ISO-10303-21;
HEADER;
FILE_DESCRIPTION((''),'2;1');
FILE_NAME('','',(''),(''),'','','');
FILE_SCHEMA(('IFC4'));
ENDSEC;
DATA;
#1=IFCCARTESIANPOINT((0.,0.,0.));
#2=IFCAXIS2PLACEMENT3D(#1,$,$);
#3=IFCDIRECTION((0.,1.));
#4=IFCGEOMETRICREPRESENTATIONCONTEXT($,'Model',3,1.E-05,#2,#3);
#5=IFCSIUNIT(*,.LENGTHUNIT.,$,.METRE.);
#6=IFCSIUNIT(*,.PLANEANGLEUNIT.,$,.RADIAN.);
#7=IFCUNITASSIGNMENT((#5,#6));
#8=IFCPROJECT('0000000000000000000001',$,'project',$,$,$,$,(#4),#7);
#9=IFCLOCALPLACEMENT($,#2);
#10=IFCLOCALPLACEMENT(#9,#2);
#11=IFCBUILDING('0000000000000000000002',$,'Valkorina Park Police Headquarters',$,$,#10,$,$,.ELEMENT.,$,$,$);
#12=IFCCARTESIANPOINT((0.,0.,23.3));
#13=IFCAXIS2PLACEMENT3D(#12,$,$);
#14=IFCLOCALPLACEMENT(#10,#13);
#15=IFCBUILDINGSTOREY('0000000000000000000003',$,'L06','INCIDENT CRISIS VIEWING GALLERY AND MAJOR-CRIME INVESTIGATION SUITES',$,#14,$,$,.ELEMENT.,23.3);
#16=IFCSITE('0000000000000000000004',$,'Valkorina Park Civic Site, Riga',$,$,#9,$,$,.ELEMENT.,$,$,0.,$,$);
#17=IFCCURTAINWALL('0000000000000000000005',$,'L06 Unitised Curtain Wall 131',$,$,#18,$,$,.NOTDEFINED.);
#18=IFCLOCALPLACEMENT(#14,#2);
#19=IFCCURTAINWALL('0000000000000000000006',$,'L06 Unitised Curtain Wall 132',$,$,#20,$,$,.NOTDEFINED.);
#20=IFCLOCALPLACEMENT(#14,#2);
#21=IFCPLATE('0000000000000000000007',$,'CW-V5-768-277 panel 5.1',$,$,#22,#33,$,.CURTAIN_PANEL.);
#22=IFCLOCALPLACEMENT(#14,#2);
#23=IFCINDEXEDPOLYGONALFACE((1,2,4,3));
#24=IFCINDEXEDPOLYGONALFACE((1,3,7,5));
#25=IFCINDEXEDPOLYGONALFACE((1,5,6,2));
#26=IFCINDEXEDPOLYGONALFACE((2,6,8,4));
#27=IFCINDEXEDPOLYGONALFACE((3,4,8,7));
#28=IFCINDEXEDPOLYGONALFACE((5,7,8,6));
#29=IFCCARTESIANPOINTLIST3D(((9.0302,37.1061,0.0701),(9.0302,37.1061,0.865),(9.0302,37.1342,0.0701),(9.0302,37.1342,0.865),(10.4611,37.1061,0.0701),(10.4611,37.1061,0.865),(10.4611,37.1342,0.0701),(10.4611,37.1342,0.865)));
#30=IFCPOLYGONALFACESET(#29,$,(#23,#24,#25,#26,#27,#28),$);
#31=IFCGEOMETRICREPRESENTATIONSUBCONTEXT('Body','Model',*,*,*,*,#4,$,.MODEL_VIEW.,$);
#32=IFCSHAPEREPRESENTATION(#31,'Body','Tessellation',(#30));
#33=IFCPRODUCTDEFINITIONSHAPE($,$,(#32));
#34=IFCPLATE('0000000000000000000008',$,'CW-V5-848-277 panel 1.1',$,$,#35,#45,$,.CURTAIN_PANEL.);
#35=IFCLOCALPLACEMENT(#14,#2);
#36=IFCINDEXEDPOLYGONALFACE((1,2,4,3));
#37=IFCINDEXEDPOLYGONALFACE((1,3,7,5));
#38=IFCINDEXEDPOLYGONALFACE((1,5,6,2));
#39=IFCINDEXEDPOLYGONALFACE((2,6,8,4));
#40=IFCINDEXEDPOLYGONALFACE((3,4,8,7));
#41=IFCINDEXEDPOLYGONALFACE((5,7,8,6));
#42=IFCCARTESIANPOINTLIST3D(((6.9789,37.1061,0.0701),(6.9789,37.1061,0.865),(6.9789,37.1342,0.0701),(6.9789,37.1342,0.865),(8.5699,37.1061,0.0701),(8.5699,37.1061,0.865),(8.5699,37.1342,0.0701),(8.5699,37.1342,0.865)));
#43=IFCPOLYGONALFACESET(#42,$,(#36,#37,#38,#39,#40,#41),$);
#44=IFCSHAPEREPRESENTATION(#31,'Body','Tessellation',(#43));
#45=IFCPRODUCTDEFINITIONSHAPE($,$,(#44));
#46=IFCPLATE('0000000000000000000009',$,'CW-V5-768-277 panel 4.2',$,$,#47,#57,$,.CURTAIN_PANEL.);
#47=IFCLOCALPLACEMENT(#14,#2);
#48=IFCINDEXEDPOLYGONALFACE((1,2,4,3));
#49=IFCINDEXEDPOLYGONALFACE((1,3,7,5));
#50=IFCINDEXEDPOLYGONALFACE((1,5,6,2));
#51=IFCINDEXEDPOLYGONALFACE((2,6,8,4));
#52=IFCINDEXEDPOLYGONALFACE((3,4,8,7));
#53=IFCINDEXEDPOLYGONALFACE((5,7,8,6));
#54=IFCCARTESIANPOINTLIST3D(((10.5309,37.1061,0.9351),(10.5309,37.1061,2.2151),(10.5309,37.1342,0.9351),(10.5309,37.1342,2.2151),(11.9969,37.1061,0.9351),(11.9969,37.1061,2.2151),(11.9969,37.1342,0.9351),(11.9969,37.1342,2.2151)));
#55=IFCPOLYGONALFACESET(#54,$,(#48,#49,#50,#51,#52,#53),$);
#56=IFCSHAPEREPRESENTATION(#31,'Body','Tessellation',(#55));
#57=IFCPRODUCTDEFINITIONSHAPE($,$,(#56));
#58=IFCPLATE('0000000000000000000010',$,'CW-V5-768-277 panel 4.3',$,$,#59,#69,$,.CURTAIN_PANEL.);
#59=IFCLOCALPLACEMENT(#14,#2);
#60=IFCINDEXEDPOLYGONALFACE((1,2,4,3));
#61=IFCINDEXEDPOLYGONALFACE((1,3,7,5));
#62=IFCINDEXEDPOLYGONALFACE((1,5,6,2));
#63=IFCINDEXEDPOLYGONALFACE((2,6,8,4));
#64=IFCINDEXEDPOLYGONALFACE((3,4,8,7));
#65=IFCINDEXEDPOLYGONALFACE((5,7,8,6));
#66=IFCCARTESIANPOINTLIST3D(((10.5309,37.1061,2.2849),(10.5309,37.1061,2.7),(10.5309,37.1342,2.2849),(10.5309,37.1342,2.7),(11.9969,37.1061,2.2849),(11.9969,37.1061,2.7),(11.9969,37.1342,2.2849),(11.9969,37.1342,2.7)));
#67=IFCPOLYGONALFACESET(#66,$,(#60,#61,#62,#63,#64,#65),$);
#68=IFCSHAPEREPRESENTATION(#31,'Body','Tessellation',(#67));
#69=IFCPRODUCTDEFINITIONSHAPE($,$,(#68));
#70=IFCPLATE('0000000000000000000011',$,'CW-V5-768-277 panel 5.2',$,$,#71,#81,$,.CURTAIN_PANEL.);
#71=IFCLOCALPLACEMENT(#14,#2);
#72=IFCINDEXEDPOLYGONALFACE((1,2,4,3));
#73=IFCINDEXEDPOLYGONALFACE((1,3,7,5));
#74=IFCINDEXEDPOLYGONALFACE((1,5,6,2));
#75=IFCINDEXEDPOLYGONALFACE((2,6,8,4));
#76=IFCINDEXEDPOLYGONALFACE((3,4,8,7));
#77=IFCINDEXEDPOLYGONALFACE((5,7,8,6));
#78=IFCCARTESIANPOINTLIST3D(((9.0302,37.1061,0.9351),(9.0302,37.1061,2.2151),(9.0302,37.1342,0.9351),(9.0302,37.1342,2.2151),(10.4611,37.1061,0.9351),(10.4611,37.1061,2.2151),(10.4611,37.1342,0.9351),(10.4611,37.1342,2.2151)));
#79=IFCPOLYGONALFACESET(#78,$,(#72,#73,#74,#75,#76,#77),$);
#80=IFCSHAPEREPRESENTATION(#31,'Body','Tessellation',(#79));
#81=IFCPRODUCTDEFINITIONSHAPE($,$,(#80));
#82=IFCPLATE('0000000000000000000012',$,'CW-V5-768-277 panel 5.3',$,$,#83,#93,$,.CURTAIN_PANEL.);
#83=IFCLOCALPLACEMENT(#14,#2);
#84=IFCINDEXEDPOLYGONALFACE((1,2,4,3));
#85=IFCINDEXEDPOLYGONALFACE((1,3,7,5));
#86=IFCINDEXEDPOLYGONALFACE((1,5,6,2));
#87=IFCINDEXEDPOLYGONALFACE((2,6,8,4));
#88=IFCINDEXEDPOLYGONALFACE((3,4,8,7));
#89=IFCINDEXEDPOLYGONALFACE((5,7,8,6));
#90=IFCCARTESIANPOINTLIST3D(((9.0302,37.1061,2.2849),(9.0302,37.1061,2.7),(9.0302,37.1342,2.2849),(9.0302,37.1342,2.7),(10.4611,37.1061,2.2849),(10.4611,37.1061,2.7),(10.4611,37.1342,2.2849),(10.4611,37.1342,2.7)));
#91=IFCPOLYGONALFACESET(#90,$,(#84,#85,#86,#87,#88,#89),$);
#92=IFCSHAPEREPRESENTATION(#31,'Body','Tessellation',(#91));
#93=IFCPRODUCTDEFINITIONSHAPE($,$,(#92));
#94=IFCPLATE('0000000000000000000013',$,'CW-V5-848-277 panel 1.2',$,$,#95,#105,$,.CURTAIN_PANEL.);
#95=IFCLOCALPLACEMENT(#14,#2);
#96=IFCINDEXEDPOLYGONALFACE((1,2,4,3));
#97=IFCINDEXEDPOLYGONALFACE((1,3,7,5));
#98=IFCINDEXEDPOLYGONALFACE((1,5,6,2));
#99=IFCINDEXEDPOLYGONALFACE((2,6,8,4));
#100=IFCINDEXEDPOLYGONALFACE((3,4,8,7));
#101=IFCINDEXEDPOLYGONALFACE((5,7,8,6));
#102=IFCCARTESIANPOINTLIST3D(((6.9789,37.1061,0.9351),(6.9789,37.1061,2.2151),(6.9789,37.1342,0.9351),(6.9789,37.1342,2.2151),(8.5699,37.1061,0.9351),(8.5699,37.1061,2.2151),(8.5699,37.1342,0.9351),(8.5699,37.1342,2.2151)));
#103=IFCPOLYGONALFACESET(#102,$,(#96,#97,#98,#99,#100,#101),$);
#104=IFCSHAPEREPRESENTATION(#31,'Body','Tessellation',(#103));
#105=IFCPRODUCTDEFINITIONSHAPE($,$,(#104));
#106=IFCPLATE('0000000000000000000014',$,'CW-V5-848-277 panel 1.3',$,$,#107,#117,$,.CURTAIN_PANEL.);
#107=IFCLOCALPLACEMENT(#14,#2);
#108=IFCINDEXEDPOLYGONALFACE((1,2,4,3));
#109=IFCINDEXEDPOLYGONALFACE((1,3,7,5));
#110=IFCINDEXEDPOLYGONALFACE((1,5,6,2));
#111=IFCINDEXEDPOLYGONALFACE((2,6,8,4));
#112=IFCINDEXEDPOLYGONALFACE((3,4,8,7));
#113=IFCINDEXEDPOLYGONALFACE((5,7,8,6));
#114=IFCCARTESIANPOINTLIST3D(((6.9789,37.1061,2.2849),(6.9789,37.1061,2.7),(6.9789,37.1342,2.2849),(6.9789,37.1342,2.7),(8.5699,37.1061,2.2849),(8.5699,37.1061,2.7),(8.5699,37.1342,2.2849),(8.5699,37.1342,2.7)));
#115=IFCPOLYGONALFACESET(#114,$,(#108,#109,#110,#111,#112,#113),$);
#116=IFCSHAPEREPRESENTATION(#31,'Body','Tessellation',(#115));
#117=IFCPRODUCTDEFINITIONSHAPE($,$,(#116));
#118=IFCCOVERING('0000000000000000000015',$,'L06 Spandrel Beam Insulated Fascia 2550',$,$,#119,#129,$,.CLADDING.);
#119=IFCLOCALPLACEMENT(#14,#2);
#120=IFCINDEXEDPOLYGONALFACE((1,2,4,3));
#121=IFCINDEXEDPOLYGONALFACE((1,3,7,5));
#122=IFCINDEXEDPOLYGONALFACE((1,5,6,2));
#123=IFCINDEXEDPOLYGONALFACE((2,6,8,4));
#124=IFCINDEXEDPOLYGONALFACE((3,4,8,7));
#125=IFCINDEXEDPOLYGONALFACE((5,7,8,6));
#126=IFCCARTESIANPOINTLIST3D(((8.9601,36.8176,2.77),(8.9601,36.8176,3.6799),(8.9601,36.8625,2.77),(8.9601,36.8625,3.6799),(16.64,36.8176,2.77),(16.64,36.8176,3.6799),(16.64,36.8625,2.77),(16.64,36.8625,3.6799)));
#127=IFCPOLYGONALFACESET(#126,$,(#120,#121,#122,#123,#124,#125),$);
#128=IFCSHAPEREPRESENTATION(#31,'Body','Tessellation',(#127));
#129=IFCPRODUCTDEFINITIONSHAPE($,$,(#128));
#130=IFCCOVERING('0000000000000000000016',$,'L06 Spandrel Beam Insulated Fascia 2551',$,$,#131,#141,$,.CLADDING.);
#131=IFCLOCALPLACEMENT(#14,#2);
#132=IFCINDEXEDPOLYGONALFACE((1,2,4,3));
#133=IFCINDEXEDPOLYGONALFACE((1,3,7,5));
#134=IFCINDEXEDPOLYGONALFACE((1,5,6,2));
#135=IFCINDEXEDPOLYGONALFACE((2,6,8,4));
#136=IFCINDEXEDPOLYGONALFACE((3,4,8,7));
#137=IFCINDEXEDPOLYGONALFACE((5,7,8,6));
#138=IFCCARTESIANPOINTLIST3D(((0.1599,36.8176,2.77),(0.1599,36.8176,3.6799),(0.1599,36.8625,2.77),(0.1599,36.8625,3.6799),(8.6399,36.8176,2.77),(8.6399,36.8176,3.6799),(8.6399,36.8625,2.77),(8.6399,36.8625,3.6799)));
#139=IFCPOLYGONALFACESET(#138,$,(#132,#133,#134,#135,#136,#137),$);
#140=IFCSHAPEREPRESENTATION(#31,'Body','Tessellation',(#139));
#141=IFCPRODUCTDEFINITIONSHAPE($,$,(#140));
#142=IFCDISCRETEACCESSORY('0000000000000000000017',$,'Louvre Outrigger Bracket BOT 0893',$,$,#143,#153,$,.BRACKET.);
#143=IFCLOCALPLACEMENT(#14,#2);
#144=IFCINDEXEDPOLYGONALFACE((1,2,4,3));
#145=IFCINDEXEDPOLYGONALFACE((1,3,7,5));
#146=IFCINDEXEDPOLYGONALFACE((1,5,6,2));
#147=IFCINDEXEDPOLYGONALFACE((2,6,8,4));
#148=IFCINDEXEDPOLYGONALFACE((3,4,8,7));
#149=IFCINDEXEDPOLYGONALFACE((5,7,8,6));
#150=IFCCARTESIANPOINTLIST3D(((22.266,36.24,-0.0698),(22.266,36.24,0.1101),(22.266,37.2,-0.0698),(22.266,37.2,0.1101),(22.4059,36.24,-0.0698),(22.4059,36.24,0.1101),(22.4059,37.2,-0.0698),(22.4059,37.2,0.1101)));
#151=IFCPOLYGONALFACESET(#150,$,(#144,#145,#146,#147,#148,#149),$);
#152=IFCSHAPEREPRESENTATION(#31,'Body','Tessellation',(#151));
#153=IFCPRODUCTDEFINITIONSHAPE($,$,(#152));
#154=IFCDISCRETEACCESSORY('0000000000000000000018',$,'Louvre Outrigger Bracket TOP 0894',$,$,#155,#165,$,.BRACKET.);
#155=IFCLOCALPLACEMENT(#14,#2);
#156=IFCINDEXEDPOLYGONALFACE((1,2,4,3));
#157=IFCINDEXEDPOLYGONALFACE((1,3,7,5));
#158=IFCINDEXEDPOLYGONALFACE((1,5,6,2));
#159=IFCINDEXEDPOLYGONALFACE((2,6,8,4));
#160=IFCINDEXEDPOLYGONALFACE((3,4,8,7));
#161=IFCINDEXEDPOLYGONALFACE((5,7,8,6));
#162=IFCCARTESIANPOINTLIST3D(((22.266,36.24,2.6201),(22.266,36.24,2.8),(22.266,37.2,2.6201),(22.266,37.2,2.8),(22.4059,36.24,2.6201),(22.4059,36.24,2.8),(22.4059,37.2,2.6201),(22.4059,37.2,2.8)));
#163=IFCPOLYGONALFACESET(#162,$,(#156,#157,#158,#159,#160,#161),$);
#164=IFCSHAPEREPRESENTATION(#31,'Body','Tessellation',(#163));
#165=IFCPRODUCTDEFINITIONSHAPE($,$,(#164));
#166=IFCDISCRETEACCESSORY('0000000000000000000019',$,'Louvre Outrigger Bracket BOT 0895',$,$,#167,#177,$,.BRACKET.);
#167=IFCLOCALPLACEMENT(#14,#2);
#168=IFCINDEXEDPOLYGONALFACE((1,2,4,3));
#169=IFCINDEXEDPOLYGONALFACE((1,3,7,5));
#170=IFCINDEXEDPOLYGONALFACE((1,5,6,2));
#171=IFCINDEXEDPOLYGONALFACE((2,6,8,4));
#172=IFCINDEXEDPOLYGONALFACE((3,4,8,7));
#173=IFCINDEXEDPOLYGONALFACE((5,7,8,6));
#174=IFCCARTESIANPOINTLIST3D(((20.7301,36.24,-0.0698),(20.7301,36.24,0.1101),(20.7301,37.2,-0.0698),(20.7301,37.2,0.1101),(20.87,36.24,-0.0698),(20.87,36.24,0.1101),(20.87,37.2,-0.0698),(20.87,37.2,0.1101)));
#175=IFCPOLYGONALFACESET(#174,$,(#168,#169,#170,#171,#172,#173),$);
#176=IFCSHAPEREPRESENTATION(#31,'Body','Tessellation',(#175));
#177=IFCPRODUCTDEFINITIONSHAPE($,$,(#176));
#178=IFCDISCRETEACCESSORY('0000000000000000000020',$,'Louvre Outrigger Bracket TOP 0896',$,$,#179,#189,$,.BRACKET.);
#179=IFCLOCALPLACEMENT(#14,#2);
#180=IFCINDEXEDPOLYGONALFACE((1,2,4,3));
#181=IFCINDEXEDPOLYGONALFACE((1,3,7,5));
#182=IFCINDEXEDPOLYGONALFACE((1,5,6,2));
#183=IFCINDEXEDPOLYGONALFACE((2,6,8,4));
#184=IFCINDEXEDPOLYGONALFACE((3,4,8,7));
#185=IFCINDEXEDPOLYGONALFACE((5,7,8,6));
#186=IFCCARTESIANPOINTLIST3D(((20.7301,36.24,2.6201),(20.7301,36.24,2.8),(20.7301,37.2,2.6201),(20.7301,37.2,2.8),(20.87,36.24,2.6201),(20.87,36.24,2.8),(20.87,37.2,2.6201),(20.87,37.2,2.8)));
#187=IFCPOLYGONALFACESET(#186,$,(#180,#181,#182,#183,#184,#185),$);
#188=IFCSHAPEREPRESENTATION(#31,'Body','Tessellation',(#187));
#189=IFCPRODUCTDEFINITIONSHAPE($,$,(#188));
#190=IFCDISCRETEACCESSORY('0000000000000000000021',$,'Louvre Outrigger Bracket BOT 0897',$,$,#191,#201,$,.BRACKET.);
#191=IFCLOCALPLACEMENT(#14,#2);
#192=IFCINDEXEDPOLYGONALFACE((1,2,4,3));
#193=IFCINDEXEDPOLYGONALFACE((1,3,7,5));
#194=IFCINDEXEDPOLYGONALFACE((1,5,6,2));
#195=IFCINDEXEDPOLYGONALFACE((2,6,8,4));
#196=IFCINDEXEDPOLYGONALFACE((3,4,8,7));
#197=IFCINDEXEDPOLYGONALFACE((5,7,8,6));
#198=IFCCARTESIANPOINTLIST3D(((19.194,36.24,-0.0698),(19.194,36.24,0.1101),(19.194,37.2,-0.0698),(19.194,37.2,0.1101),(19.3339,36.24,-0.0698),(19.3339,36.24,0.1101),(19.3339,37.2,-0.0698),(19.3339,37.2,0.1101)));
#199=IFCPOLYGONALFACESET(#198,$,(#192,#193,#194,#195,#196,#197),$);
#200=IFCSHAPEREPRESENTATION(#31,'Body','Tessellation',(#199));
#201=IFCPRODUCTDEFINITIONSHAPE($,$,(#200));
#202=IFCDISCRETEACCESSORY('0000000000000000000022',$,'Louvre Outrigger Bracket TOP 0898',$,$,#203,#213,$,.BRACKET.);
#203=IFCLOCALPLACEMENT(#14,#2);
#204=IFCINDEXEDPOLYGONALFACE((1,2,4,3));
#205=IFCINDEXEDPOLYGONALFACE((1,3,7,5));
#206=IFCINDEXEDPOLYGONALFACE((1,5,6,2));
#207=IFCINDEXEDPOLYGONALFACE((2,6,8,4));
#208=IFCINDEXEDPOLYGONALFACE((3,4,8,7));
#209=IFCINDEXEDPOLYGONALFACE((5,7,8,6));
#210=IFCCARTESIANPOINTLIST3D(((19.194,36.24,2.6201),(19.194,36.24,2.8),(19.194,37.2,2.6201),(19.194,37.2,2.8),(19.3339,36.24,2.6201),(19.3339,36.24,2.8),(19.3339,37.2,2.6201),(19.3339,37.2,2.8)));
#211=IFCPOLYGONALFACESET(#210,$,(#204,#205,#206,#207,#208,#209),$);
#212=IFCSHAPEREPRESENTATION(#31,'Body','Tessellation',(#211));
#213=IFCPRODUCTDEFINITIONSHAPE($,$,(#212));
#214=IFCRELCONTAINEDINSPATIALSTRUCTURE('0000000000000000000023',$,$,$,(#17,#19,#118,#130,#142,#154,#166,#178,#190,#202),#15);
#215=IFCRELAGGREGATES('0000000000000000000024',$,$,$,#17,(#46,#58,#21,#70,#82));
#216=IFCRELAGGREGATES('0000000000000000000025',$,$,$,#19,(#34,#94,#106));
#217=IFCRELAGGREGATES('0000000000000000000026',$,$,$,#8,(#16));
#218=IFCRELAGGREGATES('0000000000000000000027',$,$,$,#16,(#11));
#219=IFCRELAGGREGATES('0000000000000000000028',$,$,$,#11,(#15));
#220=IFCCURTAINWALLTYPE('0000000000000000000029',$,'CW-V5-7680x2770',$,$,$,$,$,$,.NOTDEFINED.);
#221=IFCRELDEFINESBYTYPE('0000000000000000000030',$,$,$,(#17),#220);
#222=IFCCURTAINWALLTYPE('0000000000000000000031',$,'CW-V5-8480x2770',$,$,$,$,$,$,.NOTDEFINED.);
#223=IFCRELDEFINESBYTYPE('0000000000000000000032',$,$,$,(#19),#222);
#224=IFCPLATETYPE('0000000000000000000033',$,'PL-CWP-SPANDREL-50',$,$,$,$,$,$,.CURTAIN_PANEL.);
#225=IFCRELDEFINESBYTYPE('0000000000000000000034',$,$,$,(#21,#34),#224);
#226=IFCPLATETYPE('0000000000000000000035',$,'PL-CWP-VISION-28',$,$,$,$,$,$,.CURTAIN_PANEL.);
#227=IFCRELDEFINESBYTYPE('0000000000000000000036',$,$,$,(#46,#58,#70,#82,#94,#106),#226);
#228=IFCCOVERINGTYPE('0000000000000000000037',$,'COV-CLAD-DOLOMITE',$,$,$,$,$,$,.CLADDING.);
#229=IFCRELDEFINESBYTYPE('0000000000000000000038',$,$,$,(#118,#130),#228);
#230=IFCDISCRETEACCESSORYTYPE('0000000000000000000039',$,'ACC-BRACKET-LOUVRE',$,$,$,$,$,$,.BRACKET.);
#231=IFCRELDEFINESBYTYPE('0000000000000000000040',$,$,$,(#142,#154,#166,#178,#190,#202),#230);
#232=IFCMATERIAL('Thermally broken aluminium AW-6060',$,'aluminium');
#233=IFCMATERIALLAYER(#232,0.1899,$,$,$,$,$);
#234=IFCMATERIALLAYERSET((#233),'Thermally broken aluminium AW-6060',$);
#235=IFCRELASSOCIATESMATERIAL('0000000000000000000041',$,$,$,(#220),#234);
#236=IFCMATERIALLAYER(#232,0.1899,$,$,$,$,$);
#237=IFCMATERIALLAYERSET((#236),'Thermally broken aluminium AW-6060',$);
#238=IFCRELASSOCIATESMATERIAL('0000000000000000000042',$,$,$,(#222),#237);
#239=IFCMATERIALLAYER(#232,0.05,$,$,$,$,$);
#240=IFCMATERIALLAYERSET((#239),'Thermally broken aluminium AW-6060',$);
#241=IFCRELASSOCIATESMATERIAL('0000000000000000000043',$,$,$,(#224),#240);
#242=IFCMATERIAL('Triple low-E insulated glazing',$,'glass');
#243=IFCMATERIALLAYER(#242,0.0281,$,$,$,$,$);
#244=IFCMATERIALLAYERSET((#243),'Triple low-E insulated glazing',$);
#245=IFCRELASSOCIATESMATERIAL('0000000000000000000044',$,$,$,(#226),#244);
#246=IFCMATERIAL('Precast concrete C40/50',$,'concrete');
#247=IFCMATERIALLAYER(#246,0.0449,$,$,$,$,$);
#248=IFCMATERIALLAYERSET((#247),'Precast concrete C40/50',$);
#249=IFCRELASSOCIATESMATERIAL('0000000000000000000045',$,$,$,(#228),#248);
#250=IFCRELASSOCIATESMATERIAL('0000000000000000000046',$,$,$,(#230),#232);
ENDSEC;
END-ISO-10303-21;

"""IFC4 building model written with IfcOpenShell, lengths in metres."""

from ifc_helpers import new_model, si_unit, direction, frame, frame_2d, origin, origin_2d, place, context, subcontext, project, spatial, rectangle, extrude, material, layer, layer_set, type_object, element, aggregate, save


model = new_model("IFC4")

# Units and contexts
model_context = context("Model", 3, precision=1e-05, world=origin(), true_north=direction((0.0, 1.0)))
body_context = subcontext(model_context, "Body", "Model", "MODEL_VIEW")
ifc_project = project(units=[si_unit("LENGTHUNIT", "METRE"), si_unit("PLANEANGLEUNIT", "RADIAN")], contexts=[model_context])

# Site, building, storey
site_placement = place(None, origin())
site = spatial("IfcSite", under=ifc_project, at=site_placement, Name="Valkorina Park Civic Site, Riga", CompositionType="ELEMENT", RefElevation=0.0)
building_placement = place(site_placement, origin())
building = spatial("IfcBuilding", under=site, at=building_placement, Name="Valkorina Park Police Headquarters", CompositionType="ELEMENT")
storey_placement = place(building_placement, frame((0.0, 0.0, 23.3)))
storey = spatial("IfcBuildingStorey", under=building, at=storey_placement, Name="L06", Description="INCIDENT CRISIS VIEWING GALLERY AND MAJOR-CRIME INVESTIGATION SUITES", CompositionType="ELEMENT", Elevation=23.3)

# Curtain wall
ifc_material_1 = material(Name="Thermally broken aluminium AW-6060", Category="aluminium")
ifc_layer_1 = layer(ifc_material_1, 0.1899)
ifc_layer_set_1 = layer_set([ifc_layer_1], Name="Thermally broken aluminium AW-6060")
curtain_wall_type_1 = type_object("IfcCurtainWallType", Name="CW-V5-7680x2770", PredefinedType="NOTDEFINED", material=ifc_layer_set_1)
curtain_wall_1_placement = place(storey_placement, origin())
curtain_wall_1 = element("IfcCurtainWall", 1, at=curtain_wall_1_placement, inside=storey, type_object=curtain_wall_type_1, Name="L06 Unitised Curtain Wall 131", PredefinedType="NOTDEFINED")

# Curtain wall
ifc_layer_2 = layer(ifc_material_1, 0.1899)
ifc_layer_set_2 = layer_set([ifc_layer_2], Name="Thermally broken aluminium AW-6060")
curtain_wall_type_2 = type_object("IfcCurtainWallType", Name="CW-V5-8480x2770", PredefinedType="NOTDEFINED", material=ifc_layer_set_2)
curtain_wall_2_placement = place(storey_placement, origin())
curtain_wall_2 = element("IfcCurtainWall", 2, at=curtain_wall_2_placement, inside=storey, type_object=curtain_wall_type_2, Name="L06 Unitised Curtain Wall 132", PredefinedType="NOTDEFINED")

# Plates
ifc_layer_3 = layer(ifc_material_1, 0.05)
ifc_layer_set_3 = layer_set([ifc_layer_3], Name="Thermally broken aluminium AW-6060")
plate_type_1 = type_object("IfcPlateType", Name="PL-CWP-SPANDREL-50", PredefinedType="CURTAIN_PANEL", material=ifc_layer_set_3)
plate_1_placement = place(storey_placement, frame((9.7456, 37.1201, 0.0701), z_axis=(0.0, 0.0, 1.0), x_axis=(-1.0, 0.0, 0.0)))
plate_1 = element("IfcPlate", 3, at=plate_1_placement, type_object=plate_type_1, Name="CW-V5-768-277 panel 5.1", PredefinedType="CURTAIN_PANEL", context=body_context, shape_type="SweptSolid", body=[
    extrude(rectangle(XDim=1.4309, YDim=0.0281, at=origin_2d()), origin(), (0.0, 0.0, 1.0), 0.7949),
])
plate_2_placement = place(storey_placement, frame((7.7744, 37.1201, 0.0701), z_axis=(0.0, 0.0, 1.0), x_axis=(-1.0, 0.0, 0.0)))
plate_2 = element("IfcPlate", 4, at=plate_2_placement, type_object=plate_type_1, Name="CW-V5-848-277 panel 1.1", PredefinedType="CURTAIN_PANEL", context=body_context, shape_type="SweptSolid", body=[
    extrude(rectangle(XDim=1.5911, YDim=0.0281, at=origin_2d()), origin(), (0.0, 0.0, 1.0), 0.7949),
])
ifc_material_2 = material(Name="Triple low-E insulated glazing", Category="glass")
ifc_layer_4 = layer(ifc_material_2, 0.0281)
ifc_layer_set_4 = layer_set([ifc_layer_4], Name="Triple low-E insulated glazing")
plate_type_2 = type_object("IfcPlateType", Name="PL-CWP-VISION-28", PredefinedType="CURTAIN_PANEL", material=ifc_layer_set_4)
plate_3_placement = place(storey_placement, frame((11.2639, 37.1201, 0.9351), z_axis=(0.0, 0.0, 1.0), x_axis=(-1.0, 0.0, 0.0)))
plate_3 = element("IfcPlate", 5, at=plate_3_placement, type_object=plate_type_2, Name="CW-V5-768-277 panel 4.2", PredefinedType="CURTAIN_PANEL", context=body_context, shape_type="SweptSolid", body=[
    extrude(rectangle(XDim=1.4661, YDim=0.0281, at=origin_2d()), origin(), (0.0, 0.0, 1.0), 1.28),
])
plate_4_placement = place(storey_placement, frame((11.2639, 37.1201, 2.2849), z_axis=(0.0, 0.0, 1.0), x_axis=(-1.0, 0.0, 0.0)))
plate_4 = element("IfcPlate", 6, at=plate_4_placement, type_object=plate_type_2, Name="CW-V5-768-277 panel 4.3", PredefinedType="CURTAIN_PANEL", context=body_context, shape_type="SweptSolid", body=[
    extrude(rectangle(XDim=1.4661, YDim=0.0281, at=origin_2d()), origin(), (0.0, 0.0, 1.0), 0.415),
])
plate_5_placement = place(storey_placement, frame((9.7456, 37.1201, 0.9351), z_axis=(0.0, 0.0, 1.0), x_axis=(-1.0, 0.0, 0.0)))
plate_5 = element("IfcPlate", 7, at=plate_5_placement, type_object=plate_type_2, Name="CW-V5-768-277 panel 5.2", PredefinedType="CURTAIN_PANEL", context=body_context, shape_type="SweptSolid", body=[
    extrude(rectangle(XDim=1.4309, YDim=0.0281, at=origin_2d()), origin(), (0.0, 0.0, 1.0), 1.28),
])
plate_6_placement = place(storey_placement, frame((9.7456, 37.1201, 2.2849), z_axis=(0.0, 0.0, 1.0), x_axis=(-1.0, 0.0, 0.0)))
plate_6 = element("IfcPlate", 8, at=plate_6_placement, type_object=plate_type_2, Name="CW-V5-768-277 panel 5.3", PredefinedType="CURTAIN_PANEL", context=body_context, shape_type="SweptSolid", body=[
    extrude(rectangle(XDim=1.4309, YDim=0.0281, at=origin_2d()), origin(), (0.0, 0.0, 1.0), 0.415),
])
aggregate(curtain_wall_1, [plate_3, plate_4, plate_1, plate_5, plate_6])
plate_7_placement = place(storey_placement, frame((7.7744, 37.1201, 0.9351), z_axis=(0.0, 0.0, 1.0), x_axis=(-1.0, 0.0, 0.0)))
plate_7 = element("IfcPlate", 9, at=plate_7_placement, type_object=plate_type_2, Name="CW-V5-848-277 panel 1.2", PredefinedType="CURTAIN_PANEL", context=body_context, shape_type="SweptSolid", body=[
    extrude(rectangle(XDim=1.5911, YDim=0.0281, at=origin_2d()), origin(), (0.0, 0.0, 1.0), 1.28),
])
plate_8_placement = place(storey_placement, frame((7.7744, 37.1201, 2.2849), z_axis=(0.0, 0.0, 1.0), x_axis=(-1.0, 0.0, 0.0)))
plate_8 = element("IfcPlate", 10, at=plate_8_placement, type_object=plate_type_2, Name="CW-V5-848-277 panel 1.3", PredefinedType="CURTAIN_PANEL", context=body_context, shape_type="SweptSolid", body=[
    extrude(rectangle(XDim=1.5911, YDim=0.0281, at=origin_2d()), origin(), (0.0, 0.0, 1.0), 0.415),
])
aggregate(curtain_wall_2, [plate_2, plate_7, plate_8])

# Coverings
ifc_material_3 = material(Name="Precast concrete C40/50", Category="concrete")
ifc_layer_5 = layer(ifc_material_3, 0.0449)
ifc_layer_set_5 = layer_set([ifc_layer_5], Name="Precast concrete C40/50")
covering_type = type_object("IfcCoveringType", Name="COV-CLAD-DOLOMITE", PredefinedType="CLADDING", material=ifc_layer_set_5)
covering_1_placement = place(storey_placement, frame((16.6399, 36.8401, 2.77), z_axis=(0.0, 0.0, 1.0), x_axis=(-1.0, 0.0, 0.0)))
element("IfcCovering", 11, at=covering_1_placement, inside=storey, type_object=covering_type, Name="L06 Spandrel Beam Insulated Fascia 2550", PredefinedType="CLADDING", context=body_context, shape_type="SweptSolid", body=[
    extrude(rectangle(XDim=7.6799, YDim=0.0449, at=frame_2d((3.8398, 0.0))), origin(), (0.0, 0.0, 1.0), 0.9099),
])
covering_2_placement = place(storey_placement, frame((8.6399, 36.8401, 2.77), z_axis=(0.0, 0.0, 1.0), x_axis=(-1.0, 0.0, 0.0)))
element("IfcCovering", 12, at=covering_2_placement, inside=storey, type_object=covering_type, Name="L06 Spandrel Beam Insulated Fascia 2551", PredefinedType="CLADDING", context=body_context, shape_type="SweptSolid", body=[
    extrude(rectangle(XDim=8.48, YDim=0.0449, at=frame_2d((4.24, 0.0))), origin(), (0.0, 0.0, 1.0), 0.9099),
])

# Discrete accessories
discrete_accessory_type = type_object("IfcDiscreteAccessoryType", Name="ACC-BRACKET-LOUVRE", PredefinedType="BRACKET", material=ifc_material_1)
for number, where, z_axis, x_axis, name in (
    (13, (22.3359, 36.72, -0.0698), (0.0, 0.0, 1.0), (0.0, -1.0, 0.0), "Louvre Outrigger Bracket BOT 0893"),
    (14, (22.3359, 36.72, 2.6201), (0.0, 0.0, 1.0), (0.0, -1.0, 0.0), "Louvre Outrigger Bracket TOP 0894"),
    (15, (20.8, 36.72, -0.0698), (0.0, 0.0, 1.0), (0.0, -1.0, 0.0), "Louvre Outrigger Bracket BOT 0895"),
    (16, (20.8, 36.72, 2.6201), (0.0, 0.0, 1.0), (0.0, -1.0, 0.0), "Louvre Outrigger Bracket TOP 0896"),
    (17, (19.2639, 36.72, -0.0698), (0.0, 0.0, 1.0), (0.0, -1.0, 0.0), "Louvre Outrigger Bracket BOT 0897"),
    (18, (19.2639, 36.72, 2.6201), (0.0, 0.0, 1.0), (0.0, -1.0, 0.0), "Louvre Outrigger Bracket TOP 0898"),
):
    element("IfcDiscreteAccessory", number, at=place(storey_placement, frame(where, z_axis=z_axis, x_axis=x_axis)), inside=storey, type_object=discrete_accessory_type, Name=name, PredefinedType="BRACKET", context=body_context, shape_type="SweptSolid", body=[
        extrude(rectangle(XDim=0.96, YDim=0.1399, at=origin_2d()), origin(), (0.0, 0.0, 1.0), 0.1799),
    ])

save(model, "model.ifc")
